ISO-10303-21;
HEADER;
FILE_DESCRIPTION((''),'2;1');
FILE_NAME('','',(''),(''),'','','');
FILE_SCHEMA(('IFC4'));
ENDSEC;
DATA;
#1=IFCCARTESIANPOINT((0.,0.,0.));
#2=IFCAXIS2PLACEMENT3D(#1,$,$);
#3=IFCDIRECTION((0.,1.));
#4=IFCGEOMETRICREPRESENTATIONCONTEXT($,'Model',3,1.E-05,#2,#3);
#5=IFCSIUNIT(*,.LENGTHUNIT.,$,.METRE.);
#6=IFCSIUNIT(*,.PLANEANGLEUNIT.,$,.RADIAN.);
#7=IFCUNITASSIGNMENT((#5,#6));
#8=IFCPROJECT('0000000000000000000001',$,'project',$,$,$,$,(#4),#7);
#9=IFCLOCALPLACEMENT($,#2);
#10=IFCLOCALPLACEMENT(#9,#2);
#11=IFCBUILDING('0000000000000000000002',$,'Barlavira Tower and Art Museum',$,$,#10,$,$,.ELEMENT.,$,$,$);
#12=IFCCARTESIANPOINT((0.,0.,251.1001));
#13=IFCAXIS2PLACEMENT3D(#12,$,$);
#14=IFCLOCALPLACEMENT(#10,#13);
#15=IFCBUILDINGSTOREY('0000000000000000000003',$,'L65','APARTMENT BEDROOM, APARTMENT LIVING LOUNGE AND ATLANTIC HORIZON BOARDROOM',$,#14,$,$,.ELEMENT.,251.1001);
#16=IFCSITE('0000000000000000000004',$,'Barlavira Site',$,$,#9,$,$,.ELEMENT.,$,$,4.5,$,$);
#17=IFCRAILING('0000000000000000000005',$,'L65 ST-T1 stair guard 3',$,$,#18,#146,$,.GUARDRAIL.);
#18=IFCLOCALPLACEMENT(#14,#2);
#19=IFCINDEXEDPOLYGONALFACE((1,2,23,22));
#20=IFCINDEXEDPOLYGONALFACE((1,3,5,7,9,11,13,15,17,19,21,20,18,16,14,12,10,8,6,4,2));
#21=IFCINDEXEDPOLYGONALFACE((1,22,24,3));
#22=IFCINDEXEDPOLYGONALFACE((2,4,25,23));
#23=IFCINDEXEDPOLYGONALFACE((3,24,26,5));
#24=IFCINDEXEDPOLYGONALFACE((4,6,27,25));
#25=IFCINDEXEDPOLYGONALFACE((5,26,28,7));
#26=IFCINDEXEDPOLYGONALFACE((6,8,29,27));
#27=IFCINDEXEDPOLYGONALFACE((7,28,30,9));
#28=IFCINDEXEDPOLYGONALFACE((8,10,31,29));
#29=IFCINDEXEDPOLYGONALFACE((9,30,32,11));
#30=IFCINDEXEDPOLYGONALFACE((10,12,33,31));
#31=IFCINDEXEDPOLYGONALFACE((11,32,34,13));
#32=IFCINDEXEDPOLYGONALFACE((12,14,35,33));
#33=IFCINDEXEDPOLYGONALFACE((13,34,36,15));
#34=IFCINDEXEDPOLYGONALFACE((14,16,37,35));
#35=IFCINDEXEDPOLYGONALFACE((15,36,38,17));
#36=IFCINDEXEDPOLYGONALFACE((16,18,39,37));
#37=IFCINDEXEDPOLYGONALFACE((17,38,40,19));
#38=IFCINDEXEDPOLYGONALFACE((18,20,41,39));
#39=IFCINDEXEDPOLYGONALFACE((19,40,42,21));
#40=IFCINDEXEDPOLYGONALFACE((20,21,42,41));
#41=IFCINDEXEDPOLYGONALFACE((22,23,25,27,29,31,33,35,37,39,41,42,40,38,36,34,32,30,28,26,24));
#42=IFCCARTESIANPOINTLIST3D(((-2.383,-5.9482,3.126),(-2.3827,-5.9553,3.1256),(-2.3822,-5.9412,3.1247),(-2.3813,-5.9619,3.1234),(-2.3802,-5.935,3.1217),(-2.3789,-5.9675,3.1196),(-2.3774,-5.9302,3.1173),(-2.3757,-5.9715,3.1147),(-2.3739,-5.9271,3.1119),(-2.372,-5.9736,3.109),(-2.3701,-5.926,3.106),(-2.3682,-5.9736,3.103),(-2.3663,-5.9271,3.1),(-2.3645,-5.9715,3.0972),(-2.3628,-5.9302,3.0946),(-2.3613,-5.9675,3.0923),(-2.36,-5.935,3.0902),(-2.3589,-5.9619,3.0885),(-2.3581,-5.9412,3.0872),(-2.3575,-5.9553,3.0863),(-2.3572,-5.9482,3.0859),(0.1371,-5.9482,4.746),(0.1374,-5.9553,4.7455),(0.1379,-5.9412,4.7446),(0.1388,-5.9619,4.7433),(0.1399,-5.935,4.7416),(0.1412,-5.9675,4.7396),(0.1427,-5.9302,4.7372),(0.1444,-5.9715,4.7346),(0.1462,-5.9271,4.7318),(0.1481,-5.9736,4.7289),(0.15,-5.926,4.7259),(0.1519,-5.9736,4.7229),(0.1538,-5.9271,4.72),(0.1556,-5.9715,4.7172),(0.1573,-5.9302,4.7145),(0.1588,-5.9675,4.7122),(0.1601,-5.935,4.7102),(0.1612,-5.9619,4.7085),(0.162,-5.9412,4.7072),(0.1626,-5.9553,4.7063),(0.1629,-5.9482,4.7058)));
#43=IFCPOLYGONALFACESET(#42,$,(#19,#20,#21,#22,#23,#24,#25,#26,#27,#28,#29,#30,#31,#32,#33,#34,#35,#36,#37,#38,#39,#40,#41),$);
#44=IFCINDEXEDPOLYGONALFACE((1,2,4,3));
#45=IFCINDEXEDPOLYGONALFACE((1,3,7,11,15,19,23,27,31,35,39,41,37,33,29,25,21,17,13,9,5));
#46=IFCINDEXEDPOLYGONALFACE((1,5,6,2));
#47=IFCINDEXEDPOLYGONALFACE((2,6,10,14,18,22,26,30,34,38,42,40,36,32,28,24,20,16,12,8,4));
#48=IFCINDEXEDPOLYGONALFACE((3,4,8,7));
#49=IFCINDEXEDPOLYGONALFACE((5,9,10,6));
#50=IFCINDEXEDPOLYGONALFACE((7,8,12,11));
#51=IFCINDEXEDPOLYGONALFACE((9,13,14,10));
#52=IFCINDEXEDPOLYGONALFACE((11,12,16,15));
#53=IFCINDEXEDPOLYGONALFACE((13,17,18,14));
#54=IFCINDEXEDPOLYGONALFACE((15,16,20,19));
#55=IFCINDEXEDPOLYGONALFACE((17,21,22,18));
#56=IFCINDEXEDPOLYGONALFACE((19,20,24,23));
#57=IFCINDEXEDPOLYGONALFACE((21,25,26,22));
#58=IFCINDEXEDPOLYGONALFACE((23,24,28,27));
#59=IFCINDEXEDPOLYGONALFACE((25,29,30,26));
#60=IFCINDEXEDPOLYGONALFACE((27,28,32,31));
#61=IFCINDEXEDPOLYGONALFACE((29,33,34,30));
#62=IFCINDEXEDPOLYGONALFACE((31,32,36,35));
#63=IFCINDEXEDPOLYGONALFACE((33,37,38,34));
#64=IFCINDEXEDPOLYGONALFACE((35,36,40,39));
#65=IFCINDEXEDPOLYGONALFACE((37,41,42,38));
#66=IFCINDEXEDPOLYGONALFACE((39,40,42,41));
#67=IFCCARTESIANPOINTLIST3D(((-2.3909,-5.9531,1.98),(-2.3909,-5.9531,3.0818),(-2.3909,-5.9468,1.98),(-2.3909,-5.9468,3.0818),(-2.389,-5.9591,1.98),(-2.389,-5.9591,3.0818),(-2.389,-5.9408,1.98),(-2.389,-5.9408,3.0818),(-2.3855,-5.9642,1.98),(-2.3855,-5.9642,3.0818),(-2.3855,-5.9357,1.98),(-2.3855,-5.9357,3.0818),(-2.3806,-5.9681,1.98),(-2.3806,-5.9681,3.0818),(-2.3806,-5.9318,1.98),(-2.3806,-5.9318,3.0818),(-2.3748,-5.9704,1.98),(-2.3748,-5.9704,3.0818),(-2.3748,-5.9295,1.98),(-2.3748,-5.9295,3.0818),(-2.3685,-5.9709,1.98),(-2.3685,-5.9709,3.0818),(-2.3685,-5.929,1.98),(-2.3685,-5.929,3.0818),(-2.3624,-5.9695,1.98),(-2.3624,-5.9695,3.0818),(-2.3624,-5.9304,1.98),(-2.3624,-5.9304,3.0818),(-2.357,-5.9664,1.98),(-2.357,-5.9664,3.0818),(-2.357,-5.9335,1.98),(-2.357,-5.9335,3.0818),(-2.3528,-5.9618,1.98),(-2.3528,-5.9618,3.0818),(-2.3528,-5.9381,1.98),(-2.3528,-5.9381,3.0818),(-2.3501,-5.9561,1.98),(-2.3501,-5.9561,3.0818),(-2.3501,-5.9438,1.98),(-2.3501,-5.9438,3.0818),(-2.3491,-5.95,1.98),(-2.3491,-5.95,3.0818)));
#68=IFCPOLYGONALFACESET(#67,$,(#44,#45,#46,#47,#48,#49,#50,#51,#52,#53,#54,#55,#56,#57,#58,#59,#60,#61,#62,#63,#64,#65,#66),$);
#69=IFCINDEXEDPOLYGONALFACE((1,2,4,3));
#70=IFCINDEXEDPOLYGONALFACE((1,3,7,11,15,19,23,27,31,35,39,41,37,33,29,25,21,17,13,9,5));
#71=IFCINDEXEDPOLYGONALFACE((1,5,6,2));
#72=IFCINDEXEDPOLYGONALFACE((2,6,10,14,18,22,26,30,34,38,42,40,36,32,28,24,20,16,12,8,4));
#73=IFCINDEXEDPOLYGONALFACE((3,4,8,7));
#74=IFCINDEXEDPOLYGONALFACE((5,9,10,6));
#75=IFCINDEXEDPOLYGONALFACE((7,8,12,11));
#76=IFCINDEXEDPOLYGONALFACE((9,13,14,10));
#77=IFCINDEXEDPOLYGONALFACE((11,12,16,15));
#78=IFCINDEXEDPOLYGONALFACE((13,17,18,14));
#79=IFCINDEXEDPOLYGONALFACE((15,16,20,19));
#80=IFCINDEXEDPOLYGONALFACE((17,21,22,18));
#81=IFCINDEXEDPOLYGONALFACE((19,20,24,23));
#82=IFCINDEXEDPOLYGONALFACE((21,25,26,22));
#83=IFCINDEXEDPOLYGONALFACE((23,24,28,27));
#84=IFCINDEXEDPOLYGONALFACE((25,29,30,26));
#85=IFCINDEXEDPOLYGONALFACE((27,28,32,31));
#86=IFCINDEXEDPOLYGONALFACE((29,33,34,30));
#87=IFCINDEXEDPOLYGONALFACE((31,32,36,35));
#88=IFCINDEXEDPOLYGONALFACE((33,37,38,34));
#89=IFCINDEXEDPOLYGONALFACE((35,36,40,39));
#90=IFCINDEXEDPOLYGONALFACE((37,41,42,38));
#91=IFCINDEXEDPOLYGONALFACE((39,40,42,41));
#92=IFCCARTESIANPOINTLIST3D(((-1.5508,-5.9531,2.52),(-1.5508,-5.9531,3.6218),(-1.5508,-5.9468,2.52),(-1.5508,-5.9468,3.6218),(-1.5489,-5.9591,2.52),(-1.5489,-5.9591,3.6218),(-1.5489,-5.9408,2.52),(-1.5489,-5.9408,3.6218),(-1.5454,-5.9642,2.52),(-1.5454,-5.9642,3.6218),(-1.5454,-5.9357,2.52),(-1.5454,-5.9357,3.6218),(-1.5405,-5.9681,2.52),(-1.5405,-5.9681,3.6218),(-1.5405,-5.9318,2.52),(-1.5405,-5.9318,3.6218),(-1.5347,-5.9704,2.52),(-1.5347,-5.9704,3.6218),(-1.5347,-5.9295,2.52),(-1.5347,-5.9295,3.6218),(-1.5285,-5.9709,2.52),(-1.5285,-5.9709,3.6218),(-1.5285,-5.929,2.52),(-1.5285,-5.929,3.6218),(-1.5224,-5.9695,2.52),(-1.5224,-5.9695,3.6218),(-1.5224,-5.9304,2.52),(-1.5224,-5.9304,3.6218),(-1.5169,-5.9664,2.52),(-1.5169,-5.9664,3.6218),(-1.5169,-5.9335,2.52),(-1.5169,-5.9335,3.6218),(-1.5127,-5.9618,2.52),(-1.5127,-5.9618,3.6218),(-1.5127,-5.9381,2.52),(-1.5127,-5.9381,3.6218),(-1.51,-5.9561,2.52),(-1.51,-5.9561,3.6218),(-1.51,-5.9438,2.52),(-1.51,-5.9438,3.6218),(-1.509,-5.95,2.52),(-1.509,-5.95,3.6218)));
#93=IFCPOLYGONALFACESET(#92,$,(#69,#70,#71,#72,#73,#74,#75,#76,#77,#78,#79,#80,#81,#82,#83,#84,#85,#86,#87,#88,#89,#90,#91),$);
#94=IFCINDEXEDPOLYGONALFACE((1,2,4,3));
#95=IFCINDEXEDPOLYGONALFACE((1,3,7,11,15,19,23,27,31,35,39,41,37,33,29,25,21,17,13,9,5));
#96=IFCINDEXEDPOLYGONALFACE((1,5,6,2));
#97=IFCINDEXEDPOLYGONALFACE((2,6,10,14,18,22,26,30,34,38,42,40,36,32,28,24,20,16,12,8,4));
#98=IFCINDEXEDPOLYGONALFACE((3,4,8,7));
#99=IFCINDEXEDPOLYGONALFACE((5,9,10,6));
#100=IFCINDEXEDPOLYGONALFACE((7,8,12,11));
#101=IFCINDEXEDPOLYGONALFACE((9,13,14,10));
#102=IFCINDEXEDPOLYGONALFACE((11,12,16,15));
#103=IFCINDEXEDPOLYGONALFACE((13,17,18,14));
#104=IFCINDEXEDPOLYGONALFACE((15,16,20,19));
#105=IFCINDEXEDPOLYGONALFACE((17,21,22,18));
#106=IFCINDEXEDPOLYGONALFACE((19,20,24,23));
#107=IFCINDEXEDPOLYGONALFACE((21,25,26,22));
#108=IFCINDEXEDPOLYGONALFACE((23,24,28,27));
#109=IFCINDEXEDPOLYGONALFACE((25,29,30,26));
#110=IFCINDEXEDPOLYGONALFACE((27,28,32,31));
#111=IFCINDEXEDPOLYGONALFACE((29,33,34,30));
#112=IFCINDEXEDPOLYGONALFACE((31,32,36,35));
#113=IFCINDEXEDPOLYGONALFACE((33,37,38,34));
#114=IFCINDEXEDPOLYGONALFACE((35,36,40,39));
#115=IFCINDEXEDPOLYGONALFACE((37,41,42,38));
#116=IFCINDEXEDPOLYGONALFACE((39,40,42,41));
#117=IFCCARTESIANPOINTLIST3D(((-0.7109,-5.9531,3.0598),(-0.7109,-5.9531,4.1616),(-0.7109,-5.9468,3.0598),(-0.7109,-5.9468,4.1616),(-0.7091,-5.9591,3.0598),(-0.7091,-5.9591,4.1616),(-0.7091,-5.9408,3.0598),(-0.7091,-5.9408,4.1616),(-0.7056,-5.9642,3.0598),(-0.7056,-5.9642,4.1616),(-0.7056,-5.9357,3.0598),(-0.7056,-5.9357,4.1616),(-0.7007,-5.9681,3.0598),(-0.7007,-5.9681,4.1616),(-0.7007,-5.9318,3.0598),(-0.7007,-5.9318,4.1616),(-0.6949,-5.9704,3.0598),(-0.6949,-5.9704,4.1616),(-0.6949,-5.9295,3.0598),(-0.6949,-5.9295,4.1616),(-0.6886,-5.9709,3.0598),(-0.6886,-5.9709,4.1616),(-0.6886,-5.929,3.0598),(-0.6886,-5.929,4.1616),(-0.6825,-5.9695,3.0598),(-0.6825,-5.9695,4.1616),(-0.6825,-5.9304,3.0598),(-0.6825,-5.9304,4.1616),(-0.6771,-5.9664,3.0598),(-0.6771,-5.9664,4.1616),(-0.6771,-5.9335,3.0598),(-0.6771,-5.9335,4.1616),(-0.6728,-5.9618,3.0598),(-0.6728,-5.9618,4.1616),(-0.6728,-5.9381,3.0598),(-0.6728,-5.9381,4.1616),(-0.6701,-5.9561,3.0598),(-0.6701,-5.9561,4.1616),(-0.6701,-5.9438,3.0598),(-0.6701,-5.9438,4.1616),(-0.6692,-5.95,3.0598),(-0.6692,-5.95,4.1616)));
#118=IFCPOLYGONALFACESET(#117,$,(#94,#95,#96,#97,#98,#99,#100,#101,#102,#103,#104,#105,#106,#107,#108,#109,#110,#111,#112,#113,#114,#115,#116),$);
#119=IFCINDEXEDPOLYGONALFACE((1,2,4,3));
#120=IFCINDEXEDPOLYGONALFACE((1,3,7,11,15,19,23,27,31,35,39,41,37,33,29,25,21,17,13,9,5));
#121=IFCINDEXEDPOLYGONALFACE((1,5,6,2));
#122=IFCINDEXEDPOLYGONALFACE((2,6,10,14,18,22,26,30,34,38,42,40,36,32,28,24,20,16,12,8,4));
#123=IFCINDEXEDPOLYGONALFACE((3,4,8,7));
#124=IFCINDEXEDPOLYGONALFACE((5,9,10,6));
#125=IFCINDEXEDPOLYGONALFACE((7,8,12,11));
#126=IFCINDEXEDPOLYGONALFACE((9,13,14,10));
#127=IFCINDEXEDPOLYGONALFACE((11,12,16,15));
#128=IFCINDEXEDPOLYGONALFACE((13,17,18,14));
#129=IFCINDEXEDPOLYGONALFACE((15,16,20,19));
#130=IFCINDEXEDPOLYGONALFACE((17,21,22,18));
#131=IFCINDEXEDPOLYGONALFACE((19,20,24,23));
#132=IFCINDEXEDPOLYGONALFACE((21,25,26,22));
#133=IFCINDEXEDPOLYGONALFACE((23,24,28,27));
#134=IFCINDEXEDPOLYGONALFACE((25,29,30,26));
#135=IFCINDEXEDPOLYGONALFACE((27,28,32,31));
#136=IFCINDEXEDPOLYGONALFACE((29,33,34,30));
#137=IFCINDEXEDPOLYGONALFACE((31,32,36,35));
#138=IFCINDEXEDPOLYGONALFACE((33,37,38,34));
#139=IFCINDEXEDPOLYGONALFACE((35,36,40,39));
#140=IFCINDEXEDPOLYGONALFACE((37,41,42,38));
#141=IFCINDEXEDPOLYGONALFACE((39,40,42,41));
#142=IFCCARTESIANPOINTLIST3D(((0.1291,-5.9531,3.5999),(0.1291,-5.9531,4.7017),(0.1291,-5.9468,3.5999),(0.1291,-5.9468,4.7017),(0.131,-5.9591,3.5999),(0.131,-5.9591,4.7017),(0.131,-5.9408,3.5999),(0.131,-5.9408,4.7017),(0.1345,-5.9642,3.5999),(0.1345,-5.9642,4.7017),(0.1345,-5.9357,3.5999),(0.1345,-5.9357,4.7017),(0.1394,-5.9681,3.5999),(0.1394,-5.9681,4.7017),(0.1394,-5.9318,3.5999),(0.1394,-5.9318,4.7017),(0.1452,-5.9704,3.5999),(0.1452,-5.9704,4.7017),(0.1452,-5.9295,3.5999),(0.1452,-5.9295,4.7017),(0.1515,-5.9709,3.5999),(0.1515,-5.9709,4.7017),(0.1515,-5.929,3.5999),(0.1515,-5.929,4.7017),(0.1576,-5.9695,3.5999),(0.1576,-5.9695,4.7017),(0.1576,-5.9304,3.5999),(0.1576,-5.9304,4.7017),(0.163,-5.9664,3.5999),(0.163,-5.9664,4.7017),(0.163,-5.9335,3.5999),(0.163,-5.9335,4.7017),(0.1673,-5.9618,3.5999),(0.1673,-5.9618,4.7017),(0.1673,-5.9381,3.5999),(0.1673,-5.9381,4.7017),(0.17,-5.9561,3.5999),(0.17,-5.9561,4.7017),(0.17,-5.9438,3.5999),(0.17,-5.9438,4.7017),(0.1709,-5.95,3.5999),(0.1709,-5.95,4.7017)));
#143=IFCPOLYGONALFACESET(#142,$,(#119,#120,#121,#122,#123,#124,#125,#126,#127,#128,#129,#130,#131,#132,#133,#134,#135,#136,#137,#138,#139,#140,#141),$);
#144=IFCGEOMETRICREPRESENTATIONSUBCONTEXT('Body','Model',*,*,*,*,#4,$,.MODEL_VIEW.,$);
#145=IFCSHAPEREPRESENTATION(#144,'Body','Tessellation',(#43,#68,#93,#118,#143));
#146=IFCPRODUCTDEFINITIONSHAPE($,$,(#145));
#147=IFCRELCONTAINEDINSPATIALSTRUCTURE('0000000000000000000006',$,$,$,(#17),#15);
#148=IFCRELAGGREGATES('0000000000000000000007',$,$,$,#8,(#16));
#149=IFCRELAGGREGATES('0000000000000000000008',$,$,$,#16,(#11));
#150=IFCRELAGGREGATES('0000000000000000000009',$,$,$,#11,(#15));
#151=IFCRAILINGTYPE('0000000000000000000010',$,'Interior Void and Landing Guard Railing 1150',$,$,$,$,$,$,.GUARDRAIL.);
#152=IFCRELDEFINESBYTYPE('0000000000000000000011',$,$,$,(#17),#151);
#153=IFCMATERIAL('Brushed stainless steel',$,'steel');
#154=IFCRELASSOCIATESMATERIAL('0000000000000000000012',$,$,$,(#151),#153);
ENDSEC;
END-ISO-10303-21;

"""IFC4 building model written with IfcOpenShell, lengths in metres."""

from ifc_helpers import new_model, si_unit, direction, frame, origin, origin_2d, place, context, subcontext, project, spatial, circle, extrude, material, type_object, element, save


model = new_model("IFC4")

# Units and contexts
model_context = context("Model", 3, precision=1e-05, world=origin(), true_north=direction((0.0, 1.0)))
body_context = subcontext(model_context, "Body", "Model", "MODEL_VIEW")
ifc_project = project(units=[si_unit("LENGTHUNIT", "METRE"), si_unit("PLANEANGLEUNIT", "RADIAN")], contexts=[model_context])

# Site, building, storey
site_placement = place(None, origin())
site = spatial("IfcSite", under=ifc_project, at=site_placement, Name="Barlavira Site", CompositionType="ELEMENT", RefElevation=4.5)
building_placement = place(site_placement, origin())
building = spatial("IfcBuilding", under=site, at=building_placement, Name="Barlavira Tower and Art Museum", CompositionType="ELEMENT")
storey_placement = place(building_placement, frame((0.0, 0.0, 251.1001)))
storey = spatial("IfcBuildingStorey", under=building, at=storey_placement, Name="L65", Description="APARTMENT BEDROOM, APARTMENT LIVING LOUNGE AND ATLANTIC HORIZON BOARDROOM", CompositionType="ELEMENT", Elevation=251.1001)

# Shared definitions
ifc_material_1 = material(Name="Brushed stainless steel", Category="steel")

# Railing
railing_type_1 = type_object("IfcRailingType", Name="Interior Void and Landing Guard Railing 1150", PredefinedType="GUARDRAIL", material=ifc_material_1)
railing_1_placement = place(storey_placement, frame((-2.3701, -5.95, 1.98)))
element("IfcRailing", 1, at=railing_1_placement, inside=storey, type_object=railing_type_1, Name="L65 ST-T1 stair guard 3", PredefinedType="GUARDRAIL", context=body_context, shape_type="SweptSolid", body=[
    extrude(circle(Radius=0.0239, at=origin_2d()), frame((0.0, 0.0, 1.126), z_axis=(0.8412, 0.0, 0.540725), x_axis=(0.0, 1.0, 0.0)), (0.0, 0.0, 1.0), 2.9958),
    extrude(circle(Radius=0.021, at=origin_2d()), origin(), (0.0, 0.0, 1.0), 1.1018),
    extrude(circle(Radius=0.021, at=origin_2d()), frame((0.8401, 0.0, 0.54)), (0.0, 0.0, 1.0), 1.1018),
    extrude(circle(Radius=0.021, at=origin_2d()), frame((1.6799, 0.0, 1.0798)), (0.0, 0.0, 1.0), 1.1018),
    extrude(circle(Radius=0.021, at=origin_2d()), frame((2.52, 0.0, 1.6199)), (0.0, 0.0, 1.0), 1.1018),
])

save(model, "model.ifc")
